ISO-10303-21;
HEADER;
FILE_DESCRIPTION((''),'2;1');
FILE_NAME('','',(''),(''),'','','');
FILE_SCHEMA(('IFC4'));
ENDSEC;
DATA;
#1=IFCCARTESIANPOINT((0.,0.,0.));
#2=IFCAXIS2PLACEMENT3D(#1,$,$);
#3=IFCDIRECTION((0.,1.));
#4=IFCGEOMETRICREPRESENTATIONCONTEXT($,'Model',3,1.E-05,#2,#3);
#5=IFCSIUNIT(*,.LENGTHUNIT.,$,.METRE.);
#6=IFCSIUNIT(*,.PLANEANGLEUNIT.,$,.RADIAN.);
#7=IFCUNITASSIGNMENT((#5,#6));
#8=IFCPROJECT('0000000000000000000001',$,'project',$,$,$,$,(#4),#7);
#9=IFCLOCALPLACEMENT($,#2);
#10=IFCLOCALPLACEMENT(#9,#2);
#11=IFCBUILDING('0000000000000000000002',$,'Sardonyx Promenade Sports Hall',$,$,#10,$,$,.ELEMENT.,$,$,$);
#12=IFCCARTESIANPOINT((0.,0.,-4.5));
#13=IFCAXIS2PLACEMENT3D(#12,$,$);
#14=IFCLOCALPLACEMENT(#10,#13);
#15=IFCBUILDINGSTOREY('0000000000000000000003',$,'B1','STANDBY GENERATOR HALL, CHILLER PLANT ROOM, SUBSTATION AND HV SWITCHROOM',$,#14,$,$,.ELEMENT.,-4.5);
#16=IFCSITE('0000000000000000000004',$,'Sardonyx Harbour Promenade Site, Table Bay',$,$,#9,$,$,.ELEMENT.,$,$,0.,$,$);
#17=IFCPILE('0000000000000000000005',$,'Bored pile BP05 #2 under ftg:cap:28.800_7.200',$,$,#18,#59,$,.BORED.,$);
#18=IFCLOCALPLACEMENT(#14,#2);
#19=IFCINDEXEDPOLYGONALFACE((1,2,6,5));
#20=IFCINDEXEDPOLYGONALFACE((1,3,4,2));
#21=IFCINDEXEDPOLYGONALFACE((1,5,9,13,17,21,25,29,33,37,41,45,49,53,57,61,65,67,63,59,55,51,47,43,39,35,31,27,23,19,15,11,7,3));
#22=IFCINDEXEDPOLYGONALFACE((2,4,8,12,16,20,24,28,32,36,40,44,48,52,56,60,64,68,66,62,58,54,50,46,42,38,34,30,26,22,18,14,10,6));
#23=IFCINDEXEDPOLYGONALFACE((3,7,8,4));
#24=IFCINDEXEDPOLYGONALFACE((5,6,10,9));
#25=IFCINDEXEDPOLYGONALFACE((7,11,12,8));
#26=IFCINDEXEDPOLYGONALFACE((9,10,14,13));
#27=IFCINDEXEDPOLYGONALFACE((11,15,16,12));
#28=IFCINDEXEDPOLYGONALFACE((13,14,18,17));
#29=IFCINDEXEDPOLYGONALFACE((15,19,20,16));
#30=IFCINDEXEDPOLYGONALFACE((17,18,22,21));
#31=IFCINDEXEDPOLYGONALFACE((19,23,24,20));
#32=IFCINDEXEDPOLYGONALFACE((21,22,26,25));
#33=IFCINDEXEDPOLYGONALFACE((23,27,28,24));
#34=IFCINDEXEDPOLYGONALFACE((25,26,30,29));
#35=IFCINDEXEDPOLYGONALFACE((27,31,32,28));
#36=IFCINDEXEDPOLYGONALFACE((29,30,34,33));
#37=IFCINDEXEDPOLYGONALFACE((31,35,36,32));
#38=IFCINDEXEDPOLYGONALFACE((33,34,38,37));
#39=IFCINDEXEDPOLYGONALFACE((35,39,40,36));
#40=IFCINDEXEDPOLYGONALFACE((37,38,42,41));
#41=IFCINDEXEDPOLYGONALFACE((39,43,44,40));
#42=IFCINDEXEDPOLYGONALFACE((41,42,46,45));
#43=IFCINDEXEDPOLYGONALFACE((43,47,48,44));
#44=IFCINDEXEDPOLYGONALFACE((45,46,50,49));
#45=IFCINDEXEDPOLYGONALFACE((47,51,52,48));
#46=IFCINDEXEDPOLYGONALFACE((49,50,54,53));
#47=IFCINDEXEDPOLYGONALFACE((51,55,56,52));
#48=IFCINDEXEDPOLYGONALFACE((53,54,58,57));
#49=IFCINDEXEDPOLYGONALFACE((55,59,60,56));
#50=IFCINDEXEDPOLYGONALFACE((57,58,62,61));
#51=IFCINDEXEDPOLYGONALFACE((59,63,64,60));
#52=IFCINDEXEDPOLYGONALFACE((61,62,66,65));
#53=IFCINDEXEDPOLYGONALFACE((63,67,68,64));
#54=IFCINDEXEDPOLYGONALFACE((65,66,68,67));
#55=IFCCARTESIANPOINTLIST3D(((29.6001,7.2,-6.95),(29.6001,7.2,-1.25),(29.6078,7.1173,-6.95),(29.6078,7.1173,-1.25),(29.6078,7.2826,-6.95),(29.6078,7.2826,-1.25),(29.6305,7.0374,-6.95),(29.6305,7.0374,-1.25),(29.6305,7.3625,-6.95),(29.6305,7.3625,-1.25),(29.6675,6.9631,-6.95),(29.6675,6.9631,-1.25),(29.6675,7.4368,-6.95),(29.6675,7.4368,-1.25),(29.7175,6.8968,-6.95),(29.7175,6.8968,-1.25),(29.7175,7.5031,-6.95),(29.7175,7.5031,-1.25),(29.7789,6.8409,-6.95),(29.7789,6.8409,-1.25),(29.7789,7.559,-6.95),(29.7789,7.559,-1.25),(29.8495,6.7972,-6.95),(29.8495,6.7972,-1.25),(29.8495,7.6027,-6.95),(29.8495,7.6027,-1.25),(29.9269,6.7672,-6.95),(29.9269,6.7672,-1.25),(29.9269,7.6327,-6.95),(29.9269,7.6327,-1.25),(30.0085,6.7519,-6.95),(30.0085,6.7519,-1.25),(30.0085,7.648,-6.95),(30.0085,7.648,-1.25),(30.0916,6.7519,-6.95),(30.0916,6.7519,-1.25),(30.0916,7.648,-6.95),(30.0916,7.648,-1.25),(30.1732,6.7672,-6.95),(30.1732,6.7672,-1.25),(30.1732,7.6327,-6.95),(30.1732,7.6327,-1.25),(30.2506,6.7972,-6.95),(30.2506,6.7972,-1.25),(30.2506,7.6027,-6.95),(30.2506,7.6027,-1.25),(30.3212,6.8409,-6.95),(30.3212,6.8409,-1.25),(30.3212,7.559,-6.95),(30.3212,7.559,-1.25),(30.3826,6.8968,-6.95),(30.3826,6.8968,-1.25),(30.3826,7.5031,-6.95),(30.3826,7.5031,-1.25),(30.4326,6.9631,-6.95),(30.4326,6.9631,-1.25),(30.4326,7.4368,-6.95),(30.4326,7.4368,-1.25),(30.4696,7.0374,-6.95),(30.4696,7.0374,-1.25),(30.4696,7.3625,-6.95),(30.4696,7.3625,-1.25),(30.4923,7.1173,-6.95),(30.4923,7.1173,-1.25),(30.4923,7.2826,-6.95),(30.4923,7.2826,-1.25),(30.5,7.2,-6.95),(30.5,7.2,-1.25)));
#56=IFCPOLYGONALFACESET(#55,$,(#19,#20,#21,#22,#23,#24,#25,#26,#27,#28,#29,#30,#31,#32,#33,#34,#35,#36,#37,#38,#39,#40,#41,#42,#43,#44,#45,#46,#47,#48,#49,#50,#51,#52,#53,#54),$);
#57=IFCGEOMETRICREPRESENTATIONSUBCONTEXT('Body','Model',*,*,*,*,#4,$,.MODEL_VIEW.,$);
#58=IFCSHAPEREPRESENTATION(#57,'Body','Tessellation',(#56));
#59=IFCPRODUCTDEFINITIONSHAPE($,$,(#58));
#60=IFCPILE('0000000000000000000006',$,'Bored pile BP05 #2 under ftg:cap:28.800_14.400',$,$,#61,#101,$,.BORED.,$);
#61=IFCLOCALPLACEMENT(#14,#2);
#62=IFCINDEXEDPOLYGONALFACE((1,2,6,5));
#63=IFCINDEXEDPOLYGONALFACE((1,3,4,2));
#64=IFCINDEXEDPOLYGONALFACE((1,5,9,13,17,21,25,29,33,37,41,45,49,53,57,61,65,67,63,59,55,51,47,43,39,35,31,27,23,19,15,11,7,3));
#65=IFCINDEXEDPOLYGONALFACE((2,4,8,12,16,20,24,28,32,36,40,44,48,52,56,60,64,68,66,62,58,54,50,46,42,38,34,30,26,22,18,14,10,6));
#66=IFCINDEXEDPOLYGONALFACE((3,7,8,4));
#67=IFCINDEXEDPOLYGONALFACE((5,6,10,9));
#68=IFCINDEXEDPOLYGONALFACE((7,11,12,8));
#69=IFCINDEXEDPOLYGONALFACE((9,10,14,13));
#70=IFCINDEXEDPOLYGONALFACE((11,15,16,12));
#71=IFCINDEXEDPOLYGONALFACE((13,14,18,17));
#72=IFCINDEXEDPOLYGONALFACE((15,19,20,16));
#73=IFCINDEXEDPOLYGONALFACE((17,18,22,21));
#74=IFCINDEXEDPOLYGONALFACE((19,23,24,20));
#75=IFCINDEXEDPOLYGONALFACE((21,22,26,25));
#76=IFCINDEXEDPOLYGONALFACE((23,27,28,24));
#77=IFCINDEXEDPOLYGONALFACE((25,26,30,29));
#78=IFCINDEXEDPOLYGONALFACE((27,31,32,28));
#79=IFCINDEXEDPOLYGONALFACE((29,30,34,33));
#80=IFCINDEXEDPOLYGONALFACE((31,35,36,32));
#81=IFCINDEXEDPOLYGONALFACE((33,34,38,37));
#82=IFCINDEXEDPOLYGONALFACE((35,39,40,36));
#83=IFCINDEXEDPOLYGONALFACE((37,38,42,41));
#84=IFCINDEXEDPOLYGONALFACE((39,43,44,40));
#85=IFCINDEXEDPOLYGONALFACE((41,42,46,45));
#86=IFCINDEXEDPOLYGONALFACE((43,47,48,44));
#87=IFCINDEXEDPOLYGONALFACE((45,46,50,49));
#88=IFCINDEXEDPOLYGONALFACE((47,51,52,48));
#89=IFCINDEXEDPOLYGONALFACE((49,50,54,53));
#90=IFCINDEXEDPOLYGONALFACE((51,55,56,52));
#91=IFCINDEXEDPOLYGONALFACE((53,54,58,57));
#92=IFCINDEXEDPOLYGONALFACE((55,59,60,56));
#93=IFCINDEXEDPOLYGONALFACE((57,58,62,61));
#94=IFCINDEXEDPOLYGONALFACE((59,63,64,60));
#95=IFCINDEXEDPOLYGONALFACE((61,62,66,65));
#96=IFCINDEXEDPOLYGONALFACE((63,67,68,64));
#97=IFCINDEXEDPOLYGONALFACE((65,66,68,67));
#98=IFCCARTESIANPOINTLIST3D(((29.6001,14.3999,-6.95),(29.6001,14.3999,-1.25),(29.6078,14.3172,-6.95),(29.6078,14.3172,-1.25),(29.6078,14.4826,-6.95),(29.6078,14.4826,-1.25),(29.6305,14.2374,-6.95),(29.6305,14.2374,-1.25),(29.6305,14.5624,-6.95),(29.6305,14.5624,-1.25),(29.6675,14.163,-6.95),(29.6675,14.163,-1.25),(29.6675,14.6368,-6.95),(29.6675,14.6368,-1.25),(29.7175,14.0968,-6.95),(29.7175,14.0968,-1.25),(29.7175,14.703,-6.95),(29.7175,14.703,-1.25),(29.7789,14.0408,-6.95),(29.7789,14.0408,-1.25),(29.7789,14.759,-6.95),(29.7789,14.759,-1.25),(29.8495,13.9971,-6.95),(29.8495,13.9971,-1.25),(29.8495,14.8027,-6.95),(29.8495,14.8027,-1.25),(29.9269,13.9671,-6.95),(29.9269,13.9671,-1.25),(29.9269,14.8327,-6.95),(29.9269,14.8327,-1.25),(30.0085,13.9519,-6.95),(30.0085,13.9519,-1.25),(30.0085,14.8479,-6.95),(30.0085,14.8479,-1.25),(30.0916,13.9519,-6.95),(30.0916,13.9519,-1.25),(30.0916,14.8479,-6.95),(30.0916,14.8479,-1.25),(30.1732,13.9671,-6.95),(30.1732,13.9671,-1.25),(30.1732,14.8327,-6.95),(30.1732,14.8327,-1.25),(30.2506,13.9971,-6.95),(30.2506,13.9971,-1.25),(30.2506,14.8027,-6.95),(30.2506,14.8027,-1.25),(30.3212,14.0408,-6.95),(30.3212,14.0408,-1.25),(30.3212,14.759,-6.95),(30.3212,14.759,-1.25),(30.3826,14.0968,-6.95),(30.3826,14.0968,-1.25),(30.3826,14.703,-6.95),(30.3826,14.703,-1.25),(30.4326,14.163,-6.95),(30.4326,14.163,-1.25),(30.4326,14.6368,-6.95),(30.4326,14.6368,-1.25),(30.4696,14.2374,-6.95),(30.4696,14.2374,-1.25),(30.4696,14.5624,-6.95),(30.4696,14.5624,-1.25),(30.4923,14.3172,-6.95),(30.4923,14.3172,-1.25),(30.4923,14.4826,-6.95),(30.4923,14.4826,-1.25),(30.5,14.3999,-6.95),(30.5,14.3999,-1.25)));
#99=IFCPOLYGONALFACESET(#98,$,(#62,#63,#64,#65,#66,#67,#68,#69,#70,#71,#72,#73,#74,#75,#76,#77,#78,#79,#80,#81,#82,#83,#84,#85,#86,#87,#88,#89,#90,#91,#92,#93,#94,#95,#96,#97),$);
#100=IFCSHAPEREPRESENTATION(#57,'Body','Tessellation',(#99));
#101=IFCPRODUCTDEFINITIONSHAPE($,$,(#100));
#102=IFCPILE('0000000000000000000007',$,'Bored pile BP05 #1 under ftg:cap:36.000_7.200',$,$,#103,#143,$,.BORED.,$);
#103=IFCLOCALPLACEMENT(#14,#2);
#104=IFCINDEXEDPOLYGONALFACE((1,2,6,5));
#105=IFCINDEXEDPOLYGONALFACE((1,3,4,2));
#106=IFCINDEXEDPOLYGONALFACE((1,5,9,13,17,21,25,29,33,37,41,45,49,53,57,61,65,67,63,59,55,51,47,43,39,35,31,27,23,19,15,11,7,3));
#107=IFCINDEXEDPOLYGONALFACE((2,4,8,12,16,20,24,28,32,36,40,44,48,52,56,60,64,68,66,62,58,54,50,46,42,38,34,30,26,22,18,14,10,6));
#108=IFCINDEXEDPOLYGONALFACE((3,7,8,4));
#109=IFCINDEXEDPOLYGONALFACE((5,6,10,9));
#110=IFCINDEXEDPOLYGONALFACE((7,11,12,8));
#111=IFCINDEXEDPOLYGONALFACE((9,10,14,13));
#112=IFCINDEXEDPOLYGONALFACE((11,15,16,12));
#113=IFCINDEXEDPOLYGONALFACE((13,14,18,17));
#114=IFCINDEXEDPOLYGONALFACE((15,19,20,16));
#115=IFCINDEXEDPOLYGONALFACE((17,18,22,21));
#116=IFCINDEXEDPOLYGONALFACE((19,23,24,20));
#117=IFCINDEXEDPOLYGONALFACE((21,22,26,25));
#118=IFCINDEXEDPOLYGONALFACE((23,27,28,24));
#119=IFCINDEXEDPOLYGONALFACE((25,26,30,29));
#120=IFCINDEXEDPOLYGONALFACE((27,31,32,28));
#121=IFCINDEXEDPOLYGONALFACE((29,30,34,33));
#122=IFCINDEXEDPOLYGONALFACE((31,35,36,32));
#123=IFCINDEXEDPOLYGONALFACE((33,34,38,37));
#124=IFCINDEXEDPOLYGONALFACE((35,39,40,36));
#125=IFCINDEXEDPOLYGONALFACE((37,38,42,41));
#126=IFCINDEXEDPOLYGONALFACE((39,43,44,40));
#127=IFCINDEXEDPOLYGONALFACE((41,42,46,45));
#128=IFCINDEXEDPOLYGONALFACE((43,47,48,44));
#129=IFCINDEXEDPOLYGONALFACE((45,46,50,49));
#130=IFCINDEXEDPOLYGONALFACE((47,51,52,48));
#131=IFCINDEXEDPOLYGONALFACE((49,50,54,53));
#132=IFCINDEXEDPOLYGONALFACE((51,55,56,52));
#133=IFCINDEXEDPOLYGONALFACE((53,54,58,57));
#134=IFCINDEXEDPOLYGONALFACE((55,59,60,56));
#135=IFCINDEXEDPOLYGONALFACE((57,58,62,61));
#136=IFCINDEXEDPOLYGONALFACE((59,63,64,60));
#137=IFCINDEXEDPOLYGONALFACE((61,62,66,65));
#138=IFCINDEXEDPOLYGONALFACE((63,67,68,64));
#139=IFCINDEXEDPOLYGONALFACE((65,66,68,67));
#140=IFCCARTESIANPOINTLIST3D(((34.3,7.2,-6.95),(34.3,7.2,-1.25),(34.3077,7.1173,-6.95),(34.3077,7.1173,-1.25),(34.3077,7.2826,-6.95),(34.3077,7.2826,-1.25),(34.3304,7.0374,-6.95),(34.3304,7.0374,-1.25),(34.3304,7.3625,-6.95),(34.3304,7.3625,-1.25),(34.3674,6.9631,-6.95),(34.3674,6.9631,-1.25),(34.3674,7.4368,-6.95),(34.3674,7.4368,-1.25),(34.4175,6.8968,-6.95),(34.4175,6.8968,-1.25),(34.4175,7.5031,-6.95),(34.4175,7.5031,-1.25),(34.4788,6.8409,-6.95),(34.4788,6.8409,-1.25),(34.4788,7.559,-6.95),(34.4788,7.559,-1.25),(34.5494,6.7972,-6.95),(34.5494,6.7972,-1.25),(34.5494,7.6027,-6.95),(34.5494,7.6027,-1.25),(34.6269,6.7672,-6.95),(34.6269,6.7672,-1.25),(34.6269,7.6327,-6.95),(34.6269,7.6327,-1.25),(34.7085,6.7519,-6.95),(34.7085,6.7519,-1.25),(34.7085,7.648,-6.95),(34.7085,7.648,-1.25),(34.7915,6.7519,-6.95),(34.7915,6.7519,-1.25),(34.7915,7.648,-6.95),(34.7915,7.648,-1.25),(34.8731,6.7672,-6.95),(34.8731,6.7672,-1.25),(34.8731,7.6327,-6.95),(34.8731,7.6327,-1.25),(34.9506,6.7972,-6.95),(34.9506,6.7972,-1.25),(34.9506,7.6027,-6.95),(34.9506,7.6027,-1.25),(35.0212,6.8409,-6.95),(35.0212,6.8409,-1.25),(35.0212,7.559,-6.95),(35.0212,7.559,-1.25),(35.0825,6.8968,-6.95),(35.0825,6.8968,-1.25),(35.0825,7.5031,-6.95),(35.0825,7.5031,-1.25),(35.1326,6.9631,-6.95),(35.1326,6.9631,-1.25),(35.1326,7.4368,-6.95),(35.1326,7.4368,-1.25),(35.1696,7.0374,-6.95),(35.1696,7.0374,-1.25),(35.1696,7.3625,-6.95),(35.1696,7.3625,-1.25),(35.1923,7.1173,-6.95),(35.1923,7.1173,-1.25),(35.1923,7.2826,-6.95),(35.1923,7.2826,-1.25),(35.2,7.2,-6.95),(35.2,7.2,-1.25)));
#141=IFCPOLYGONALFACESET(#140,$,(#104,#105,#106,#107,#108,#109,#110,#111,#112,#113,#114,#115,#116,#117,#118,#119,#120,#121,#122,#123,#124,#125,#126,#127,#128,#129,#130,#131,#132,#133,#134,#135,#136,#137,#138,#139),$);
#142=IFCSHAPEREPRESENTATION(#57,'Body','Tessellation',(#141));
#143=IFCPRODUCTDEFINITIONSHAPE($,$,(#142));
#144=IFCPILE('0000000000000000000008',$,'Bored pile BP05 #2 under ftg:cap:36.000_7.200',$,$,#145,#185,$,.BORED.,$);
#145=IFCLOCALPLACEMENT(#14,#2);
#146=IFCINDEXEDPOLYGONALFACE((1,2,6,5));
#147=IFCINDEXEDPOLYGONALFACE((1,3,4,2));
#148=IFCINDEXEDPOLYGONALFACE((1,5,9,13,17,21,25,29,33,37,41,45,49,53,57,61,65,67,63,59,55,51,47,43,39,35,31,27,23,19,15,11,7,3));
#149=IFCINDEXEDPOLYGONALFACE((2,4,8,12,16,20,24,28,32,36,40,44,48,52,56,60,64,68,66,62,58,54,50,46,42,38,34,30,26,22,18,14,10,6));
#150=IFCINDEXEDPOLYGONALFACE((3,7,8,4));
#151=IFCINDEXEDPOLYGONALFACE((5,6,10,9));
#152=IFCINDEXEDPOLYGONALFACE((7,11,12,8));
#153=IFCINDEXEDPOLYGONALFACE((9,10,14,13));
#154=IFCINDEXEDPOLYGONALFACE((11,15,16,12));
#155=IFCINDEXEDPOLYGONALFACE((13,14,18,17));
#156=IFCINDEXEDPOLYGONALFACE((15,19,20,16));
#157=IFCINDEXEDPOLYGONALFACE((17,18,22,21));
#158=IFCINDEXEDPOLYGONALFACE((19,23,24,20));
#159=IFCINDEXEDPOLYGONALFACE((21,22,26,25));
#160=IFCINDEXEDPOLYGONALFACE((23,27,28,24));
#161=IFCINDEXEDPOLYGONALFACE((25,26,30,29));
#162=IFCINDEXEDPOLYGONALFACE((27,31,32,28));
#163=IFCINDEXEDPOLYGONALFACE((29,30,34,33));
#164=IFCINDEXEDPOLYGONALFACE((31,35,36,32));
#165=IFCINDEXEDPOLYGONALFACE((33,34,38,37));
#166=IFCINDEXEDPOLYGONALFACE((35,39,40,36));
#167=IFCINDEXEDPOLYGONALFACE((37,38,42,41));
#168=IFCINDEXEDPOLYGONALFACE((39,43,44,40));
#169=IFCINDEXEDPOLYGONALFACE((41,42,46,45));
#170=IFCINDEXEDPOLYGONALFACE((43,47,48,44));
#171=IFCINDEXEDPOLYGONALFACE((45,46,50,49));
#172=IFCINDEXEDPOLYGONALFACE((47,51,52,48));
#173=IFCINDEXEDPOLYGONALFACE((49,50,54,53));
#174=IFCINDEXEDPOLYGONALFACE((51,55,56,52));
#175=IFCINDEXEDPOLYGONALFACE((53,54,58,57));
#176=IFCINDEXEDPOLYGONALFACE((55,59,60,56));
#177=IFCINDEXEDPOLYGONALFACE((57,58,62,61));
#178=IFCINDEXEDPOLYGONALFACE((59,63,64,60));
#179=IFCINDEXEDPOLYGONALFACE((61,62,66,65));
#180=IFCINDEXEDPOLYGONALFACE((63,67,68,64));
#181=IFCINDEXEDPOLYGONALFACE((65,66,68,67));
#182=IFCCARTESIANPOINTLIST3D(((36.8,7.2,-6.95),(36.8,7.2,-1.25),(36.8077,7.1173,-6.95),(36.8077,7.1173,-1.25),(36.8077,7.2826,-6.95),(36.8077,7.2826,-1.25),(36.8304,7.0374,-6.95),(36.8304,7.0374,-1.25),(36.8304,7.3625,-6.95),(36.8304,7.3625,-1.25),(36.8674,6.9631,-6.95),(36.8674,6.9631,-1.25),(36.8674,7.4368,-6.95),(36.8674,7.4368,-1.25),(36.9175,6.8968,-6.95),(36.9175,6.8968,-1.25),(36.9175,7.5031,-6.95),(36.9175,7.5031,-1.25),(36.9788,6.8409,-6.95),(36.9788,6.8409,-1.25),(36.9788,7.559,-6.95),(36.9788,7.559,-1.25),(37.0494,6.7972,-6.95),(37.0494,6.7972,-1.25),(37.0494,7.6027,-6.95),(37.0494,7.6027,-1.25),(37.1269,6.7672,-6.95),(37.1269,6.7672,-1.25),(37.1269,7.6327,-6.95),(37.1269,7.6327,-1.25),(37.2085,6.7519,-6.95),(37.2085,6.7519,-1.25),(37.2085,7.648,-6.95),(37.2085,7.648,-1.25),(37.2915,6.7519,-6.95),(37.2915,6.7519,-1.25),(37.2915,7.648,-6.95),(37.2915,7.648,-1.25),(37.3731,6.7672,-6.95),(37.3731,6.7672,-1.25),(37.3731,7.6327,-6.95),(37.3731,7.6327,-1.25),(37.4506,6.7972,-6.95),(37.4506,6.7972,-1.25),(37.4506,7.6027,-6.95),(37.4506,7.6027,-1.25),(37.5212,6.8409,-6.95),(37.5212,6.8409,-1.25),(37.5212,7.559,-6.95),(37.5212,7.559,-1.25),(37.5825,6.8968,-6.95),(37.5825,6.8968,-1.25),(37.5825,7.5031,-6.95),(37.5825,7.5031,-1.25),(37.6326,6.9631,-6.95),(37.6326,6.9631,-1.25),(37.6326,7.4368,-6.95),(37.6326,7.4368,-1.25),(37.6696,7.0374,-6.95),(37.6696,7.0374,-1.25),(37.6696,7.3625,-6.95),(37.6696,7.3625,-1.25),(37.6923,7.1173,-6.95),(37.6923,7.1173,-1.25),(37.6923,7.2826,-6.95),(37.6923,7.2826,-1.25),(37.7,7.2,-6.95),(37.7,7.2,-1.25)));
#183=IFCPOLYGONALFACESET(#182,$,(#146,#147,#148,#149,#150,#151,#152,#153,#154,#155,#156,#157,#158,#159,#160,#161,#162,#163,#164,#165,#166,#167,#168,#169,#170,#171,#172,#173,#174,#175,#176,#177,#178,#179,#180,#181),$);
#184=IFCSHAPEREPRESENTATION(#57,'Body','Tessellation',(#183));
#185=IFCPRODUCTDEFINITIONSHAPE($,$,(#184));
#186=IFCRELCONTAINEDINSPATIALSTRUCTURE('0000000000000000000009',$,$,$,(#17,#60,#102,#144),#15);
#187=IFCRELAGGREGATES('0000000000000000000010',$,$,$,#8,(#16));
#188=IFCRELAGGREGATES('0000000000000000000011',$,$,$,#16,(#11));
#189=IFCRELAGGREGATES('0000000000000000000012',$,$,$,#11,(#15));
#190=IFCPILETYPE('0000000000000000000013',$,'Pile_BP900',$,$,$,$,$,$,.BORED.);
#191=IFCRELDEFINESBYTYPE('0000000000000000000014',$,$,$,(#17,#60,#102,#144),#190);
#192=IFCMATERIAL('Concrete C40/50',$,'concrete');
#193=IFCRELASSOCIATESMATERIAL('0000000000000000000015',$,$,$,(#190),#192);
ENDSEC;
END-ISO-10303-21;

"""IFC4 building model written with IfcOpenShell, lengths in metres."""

from ifc_helpers import new_model, si_unit, direction, frame, origin, origin_2d, place, context, subcontext, project, spatial, circle, extrude, material, material_profile, profile_set, type_object, element, save


model = new_model("IFC4")

# Units and contexts
model_context = context("Model", 3, precision=1e-05, world=origin(), true_north=direction((0.0, 1.0)))
body_context = subcontext(model_context, "Body", "Model", "MODEL_VIEW")
ifc_project = project(units=[si_unit("LENGTHUNIT", "METRE"), si_unit("PLANEANGLEUNIT", "RADIAN")], contexts=[model_context])

# Site, building, storey
site_placement = place(None, origin())
site = spatial("IfcSite", under=ifc_project, at=site_placement, Name="Sardonyx Harbour Promenade Site, Table Bay", CompositionType="ELEMENT", RefElevation=0.0)
building_placement = place(site_placement, origin())
building = spatial("IfcBuilding", under=site, at=building_placement, Name="Sardonyx Promenade Sports Hall", CompositionType="ELEMENT")
storey_placement = place(building_placement, frame((0.0, 0.0, -4.5)))
storey = spatial("IfcBuildingStorey", under=building, at=storey_placement, Name="B1", Description="STANDBY GENERATOR HALL, CHILLER PLANT ROOM, SUBSTATION AND HV SWITCHROOM", CompositionType="ELEMENT", Elevation=-4.5)

# Piles
ifc_material_1 = material(Name="Concrete C40/50", Category="concrete")
ifc_material_profile_1 = material_profile(ifc_material_1, circle(Radius=0.45, at=origin_2d()))
ifc_profile_set_1 = profile_set([ifc_material_profile_1], Name="Concrete C40/50")
pile_type_1 = type_object("IfcPileType", Name="Pile_BP900", PredefinedType="BORED", material=ifc_profile_set_1)
for number, where, z_axis, x_axis, name in (
    (1, (30.05, 7.2, -1.25), (0.0, 0.0, -1.0), (1.0, 0.0, 0.0), "Bored pile BP05 #2 under ftg:cap:28.800_7.200"),
    (2, (30.05, 14.3999, -1.25), (0.0, 0.0, -1.0), (1.0, 0.0, 0.0), "Bored pile BP05 #2 under ftg:cap:28.800_14.400"),
    (3, (34.75, 7.2, -1.25), (0.0, 0.0, -1.0), (1.0, 0.0, 0.0), "Bored pile BP05 #1 under ftg:cap:36.000_7.200"),
    (4, (37.25, 7.2, -1.25), (0.0, 0.0, -1.0), (1.0, 0.0, 0.0), "Bored pile BP05 #2 under ftg:cap:36.000_7.200"),
):
    element("IfcPile", number, at=place(storey_placement, frame(where, z_axis=z_axis, x_axis=x_axis)), inside=storey, type_object=pile_type_1, Name=name, PredefinedType="BORED", context=body_context, shape_type="SweptSolid", body=[
        extrude(circle(Radius=0.45, at=origin_2d()), origin(), (0.0, 0.0, 1.0), 5.7),
    ])

save(model, "model.ifc")
